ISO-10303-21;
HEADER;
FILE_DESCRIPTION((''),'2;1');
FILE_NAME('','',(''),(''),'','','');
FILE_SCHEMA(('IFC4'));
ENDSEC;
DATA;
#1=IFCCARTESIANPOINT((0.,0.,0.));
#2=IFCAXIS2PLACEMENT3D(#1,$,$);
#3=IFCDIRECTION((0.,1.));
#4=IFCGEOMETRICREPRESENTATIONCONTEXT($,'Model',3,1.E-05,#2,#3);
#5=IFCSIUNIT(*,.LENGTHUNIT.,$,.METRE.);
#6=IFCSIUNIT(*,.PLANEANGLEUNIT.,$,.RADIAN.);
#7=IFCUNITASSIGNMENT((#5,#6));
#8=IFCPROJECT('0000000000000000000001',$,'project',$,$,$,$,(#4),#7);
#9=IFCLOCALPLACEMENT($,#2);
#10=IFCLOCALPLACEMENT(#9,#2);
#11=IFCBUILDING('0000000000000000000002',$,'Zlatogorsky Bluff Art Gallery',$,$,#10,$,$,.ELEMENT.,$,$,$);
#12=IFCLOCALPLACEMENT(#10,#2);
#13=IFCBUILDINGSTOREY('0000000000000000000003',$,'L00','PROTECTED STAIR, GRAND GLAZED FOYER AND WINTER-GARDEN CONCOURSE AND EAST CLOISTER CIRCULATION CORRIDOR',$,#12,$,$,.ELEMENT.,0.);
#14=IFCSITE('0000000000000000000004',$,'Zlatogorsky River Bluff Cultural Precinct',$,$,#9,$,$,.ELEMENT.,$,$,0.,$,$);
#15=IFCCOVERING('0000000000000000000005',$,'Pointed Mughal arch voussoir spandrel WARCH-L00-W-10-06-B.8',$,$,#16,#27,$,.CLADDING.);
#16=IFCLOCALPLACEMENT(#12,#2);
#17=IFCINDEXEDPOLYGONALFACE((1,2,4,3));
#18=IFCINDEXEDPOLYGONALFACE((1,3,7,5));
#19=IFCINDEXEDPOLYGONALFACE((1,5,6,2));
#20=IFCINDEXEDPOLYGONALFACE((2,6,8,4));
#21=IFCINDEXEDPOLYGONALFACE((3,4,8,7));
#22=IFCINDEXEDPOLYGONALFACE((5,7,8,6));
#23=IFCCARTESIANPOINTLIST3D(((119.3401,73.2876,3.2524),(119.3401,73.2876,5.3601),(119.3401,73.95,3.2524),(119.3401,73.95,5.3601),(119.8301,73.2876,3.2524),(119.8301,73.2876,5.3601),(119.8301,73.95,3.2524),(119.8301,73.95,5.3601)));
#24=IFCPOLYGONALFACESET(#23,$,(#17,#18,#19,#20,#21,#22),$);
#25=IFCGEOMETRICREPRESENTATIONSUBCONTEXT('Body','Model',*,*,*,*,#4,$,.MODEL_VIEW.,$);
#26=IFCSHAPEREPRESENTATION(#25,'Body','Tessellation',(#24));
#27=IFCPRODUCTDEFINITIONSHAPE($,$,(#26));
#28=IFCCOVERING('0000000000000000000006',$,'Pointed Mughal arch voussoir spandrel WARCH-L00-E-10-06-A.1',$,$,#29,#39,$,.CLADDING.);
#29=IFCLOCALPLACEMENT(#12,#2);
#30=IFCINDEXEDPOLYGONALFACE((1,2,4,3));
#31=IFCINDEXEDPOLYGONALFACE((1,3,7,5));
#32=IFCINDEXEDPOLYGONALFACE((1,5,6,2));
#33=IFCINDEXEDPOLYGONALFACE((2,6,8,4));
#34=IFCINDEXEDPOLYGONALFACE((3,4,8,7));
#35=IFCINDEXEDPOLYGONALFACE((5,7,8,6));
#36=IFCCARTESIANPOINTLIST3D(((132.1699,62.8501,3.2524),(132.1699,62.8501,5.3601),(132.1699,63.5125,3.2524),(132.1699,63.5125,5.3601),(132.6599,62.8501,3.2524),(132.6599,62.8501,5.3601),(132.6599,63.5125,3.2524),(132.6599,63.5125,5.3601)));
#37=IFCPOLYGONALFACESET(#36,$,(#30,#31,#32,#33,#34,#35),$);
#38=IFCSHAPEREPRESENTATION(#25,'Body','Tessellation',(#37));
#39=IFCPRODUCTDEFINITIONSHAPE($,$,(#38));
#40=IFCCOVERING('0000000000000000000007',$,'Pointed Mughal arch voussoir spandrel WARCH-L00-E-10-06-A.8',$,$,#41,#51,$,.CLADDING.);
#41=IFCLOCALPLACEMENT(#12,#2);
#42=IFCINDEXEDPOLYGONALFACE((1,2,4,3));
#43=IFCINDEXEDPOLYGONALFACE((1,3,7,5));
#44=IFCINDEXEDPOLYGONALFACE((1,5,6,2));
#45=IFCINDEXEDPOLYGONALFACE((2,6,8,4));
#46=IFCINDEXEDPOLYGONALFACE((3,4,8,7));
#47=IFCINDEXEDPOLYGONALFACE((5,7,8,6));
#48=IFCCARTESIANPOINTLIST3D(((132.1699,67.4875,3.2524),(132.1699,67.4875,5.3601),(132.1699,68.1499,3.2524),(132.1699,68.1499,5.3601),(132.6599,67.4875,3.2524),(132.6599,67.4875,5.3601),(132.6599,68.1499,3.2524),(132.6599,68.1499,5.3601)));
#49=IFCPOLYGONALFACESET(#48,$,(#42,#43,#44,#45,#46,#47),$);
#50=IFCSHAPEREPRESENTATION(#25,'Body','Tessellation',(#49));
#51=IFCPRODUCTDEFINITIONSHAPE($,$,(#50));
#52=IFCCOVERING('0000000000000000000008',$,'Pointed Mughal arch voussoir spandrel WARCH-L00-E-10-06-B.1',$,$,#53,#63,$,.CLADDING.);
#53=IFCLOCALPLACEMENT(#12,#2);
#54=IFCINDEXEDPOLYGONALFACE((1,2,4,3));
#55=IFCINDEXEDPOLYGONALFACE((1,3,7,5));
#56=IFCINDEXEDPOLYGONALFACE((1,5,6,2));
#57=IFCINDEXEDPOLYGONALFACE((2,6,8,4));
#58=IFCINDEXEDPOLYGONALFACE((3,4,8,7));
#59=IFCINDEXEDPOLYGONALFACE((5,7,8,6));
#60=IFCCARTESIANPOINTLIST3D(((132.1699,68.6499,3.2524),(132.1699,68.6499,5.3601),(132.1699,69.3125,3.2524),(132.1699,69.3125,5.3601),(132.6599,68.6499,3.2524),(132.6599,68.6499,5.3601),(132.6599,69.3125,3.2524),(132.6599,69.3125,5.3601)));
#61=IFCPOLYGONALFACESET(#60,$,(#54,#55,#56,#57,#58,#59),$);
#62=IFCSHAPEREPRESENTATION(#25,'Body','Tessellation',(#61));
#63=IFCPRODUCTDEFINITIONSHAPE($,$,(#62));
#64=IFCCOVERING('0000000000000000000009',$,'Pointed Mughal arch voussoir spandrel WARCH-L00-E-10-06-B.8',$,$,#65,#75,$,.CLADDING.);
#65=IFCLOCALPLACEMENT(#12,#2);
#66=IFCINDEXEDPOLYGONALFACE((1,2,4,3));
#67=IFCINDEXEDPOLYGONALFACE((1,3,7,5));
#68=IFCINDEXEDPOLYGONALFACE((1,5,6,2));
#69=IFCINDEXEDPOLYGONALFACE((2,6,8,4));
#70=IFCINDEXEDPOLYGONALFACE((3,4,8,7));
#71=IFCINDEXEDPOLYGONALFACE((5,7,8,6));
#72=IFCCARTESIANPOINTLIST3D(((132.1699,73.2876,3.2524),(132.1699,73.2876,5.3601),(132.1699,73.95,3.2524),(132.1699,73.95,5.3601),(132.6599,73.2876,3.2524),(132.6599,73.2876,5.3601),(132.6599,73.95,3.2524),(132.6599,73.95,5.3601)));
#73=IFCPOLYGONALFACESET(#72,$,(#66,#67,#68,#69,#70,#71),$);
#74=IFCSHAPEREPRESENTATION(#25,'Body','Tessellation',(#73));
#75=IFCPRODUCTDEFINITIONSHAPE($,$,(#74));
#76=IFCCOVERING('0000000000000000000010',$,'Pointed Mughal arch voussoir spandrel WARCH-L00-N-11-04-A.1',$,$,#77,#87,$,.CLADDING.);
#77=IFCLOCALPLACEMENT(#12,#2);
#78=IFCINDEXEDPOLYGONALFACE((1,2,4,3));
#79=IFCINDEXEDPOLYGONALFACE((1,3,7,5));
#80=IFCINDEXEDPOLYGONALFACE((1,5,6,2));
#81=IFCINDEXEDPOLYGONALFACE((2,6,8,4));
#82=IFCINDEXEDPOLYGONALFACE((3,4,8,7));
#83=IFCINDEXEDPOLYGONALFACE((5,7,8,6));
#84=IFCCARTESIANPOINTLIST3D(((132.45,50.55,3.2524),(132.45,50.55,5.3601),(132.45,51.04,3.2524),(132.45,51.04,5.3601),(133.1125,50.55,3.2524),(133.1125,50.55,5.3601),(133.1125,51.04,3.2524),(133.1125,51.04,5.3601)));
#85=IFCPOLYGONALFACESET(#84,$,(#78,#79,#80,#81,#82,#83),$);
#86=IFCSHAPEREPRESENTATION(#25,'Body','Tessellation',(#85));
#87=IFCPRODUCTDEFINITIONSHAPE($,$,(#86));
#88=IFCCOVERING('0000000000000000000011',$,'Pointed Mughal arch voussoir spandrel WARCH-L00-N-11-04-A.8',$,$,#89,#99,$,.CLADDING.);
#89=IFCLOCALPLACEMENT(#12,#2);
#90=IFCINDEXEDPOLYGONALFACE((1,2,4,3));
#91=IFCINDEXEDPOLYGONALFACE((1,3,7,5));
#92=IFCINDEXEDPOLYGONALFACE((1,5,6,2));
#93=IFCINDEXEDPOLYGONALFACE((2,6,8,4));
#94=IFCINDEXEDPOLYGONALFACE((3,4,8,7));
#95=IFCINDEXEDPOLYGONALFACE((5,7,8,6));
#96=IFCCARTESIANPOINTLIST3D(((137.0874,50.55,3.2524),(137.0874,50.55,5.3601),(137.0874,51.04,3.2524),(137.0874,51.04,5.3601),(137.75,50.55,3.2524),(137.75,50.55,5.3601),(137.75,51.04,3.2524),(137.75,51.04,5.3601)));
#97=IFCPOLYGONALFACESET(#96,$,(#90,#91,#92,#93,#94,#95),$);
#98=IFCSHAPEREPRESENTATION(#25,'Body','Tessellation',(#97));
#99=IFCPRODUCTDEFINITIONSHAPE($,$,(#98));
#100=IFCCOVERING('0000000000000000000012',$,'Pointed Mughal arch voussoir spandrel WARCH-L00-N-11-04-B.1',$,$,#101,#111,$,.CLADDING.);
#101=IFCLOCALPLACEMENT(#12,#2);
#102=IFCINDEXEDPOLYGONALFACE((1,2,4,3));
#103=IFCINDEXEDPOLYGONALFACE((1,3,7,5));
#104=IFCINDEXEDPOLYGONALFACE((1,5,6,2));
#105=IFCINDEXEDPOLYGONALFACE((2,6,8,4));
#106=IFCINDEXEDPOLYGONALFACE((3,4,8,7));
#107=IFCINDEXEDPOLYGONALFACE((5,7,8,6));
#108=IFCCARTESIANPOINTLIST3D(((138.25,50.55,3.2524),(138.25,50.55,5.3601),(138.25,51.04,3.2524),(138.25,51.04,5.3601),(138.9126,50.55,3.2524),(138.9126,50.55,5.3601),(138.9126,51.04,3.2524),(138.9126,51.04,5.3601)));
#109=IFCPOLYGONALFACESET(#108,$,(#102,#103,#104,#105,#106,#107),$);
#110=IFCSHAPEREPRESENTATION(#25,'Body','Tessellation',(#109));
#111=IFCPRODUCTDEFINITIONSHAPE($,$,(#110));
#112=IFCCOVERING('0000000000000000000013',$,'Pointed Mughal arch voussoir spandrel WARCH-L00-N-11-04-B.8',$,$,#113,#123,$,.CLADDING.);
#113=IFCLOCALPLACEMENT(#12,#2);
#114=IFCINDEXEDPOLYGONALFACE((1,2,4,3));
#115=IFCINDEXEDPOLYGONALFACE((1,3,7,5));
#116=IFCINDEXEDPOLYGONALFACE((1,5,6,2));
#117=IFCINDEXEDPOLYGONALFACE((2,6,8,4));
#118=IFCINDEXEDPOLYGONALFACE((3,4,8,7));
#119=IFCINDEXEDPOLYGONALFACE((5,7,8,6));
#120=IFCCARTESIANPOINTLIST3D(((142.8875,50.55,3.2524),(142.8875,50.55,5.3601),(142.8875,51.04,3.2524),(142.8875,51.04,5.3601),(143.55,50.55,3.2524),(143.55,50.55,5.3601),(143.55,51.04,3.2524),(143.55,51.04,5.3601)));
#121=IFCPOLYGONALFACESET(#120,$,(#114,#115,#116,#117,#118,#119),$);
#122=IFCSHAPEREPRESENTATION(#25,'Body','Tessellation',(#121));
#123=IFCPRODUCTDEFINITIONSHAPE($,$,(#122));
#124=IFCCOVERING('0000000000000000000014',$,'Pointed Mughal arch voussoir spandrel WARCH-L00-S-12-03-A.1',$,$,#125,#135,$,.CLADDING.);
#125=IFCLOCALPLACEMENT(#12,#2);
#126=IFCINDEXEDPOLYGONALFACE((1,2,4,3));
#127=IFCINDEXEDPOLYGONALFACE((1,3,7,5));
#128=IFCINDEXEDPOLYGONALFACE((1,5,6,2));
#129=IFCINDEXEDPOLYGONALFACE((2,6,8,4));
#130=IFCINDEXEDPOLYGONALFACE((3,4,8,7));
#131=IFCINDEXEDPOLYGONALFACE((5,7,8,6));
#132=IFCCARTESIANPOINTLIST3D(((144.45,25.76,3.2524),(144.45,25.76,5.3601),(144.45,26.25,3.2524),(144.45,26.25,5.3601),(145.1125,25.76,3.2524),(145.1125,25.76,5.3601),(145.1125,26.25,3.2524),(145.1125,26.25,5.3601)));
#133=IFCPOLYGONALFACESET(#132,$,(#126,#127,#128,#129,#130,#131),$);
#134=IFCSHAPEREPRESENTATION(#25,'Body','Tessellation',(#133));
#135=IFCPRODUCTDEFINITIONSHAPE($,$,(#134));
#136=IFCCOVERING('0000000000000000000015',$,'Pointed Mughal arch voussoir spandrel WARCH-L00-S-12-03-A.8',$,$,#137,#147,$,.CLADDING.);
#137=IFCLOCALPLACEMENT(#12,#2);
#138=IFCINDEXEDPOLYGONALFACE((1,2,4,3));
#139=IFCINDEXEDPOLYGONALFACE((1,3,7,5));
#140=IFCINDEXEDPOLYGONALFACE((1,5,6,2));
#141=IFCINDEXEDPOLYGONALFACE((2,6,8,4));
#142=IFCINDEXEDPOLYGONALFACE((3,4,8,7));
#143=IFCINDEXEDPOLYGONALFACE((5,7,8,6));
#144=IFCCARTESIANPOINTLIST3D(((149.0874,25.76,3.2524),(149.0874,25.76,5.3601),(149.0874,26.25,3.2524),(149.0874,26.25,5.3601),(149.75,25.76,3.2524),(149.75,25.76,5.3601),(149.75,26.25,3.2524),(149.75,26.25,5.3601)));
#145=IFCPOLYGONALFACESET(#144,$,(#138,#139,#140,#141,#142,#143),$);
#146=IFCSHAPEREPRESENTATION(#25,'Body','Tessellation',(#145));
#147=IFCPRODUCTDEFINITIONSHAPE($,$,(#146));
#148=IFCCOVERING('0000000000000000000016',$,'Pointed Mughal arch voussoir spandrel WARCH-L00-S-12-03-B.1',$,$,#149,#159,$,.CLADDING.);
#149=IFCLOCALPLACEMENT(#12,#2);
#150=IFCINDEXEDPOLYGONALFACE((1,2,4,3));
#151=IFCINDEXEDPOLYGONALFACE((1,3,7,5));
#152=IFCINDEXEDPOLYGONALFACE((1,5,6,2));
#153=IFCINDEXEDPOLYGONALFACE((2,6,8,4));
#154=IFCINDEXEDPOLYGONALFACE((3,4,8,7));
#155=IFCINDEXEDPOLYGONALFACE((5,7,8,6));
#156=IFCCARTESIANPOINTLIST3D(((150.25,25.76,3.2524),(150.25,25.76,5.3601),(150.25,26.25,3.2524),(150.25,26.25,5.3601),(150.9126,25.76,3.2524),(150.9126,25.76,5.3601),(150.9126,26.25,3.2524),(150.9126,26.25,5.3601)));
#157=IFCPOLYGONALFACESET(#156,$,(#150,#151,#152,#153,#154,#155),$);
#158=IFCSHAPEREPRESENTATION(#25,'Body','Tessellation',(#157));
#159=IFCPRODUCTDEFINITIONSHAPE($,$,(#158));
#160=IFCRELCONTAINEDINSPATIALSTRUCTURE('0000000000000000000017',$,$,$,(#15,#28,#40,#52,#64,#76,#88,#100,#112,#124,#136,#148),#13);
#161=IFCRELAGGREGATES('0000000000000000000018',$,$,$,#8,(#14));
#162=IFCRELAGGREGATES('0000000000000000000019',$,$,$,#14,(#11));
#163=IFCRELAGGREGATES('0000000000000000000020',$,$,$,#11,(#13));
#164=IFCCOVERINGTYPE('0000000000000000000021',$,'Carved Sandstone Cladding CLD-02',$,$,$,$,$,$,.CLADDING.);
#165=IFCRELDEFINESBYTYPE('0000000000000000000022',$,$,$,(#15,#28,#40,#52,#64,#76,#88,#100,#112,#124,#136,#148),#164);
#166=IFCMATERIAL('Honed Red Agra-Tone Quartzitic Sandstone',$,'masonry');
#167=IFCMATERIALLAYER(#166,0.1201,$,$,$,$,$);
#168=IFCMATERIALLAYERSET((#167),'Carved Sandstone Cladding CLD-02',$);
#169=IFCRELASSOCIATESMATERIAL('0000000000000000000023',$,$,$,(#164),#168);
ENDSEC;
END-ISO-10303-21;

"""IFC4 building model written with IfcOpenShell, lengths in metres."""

from ifc_helpers import new_model, si_unit, direction, frame, origin, place, context, subcontext, project, spatial, polyline, outline, extrude, material, layer, layer_set, type_object, element, save


model = new_model("IFC4")

# Units and contexts
model_context = context("Model", 3, precision=1e-05, world=origin(), true_north=direction((0.0, 1.0)))
body_context = subcontext(model_context, "Body", "Model", "MODEL_VIEW")
ifc_project = project(units=[si_unit("LENGTHUNIT", "METRE"), si_unit("PLANEANGLEUNIT", "RADIAN")], contexts=[model_context])

# Site, building, storey
site_placement = place(None, origin())
site = spatial("IfcSite", under=ifc_project, at=site_placement, Name="Zlatogorsky River Bluff Cultural Precinct", CompositionType="ELEMENT", RefElevation=0.0)
building_placement = place(site_placement, origin())
building = spatial("IfcBuilding", under=site, at=building_placement, Name="Zlatogorsky Bluff Art Gallery", CompositionType="ELEMENT")
storey_placement = place(building_placement, origin())
storey = spatial("IfcBuildingStorey", under=building, at=storey_placement, Name="L00", Description="PROTECTED STAIR, GRAND GLAZED FOYER AND WINTER-GARDEN CONCOURSE AND EAST CLOISTER CIRCULATION CORRIDOR", CompositionType="ELEMENT", Elevation=0.0)

# Coverings
ifc_material = material(Name="Honed Red Agra-Tone Quartzitic Sandstone", Category="masonry")
ifc_layer = layer(ifc_material, 0.1201)
ifc_layer_set = layer_set([ifc_layer], Name="Carved Sandstone Cladding CLD-02")
covering_type = type_object("IfcCoveringType", Name="Carved Sandstone Cladding CLD-02", PredefinedType="CLADDING", material=ifc_layer_set)
covering_1_placement = place(storey_placement, frame((0.0, 0.0, 3.2524)))
element("IfcCovering", 1, at=covering_1_placement, inside=storey, type_object=covering_type, Name="Pointed Mughal arch voussoir spandrel WARCH-L00-W-10-06-B.8", PredefinedType="CLADDING", context=body_context, shape_type="SweptSolid", body=[
    extrude(outline(polyline([(119.3401, 73.2876), (119.3401, 73.95), (119.8301, 73.95), (119.8301, 73.2876), (119.3401, 73.2876)])), origin(), (0.0, 0.0, 1.0), 2.1077),
])
covering_2_placement = place(storey_placement, frame((0.0, 0.0, 3.2524)))
element("IfcCovering", 2, at=covering_2_placement, inside=storey, type_object=covering_type, Name="Pointed Mughal arch voussoir spandrel WARCH-L00-E-10-06-A.1", PredefinedType="CLADDING", context=body_context, shape_type="SweptSolid", body=[
    extrude(outline(polyline([(132.1699, 62.8501), (132.1699, 63.5125), (132.6599, 63.5125), (132.6599, 62.8501), (132.1699, 62.8501)])), origin(), (0.0, 0.0, 1.0), 2.1077),
])
covering_3_placement = place(storey_placement, frame((0.0, 0.0, 3.2524)))
element("IfcCovering", 3, at=covering_3_placement, inside=storey, type_object=covering_type, Name="Pointed Mughal arch voussoir spandrel WARCH-L00-E-10-06-A.8", PredefinedType="CLADDING", context=body_context, shape_type="SweptSolid", body=[
    extrude(outline(polyline([(132.1699, 67.4875), (132.1699, 68.1499), (132.6599, 68.1499), (132.6599, 67.4875), (132.1699, 67.4875)])), origin(), (0.0, 0.0, 1.0), 2.1077),
])
covering_4_placement = place(storey_placement, frame((0.0, 0.0, 3.2524)))
element("IfcCovering", 4, at=covering_4_placement, inside=storey, type_object=covering_type, Name="Pointed Mughal arch voussoir spandrel WARCH-L00-E-10-06-B.1", PredefinedType="CLADDING", context=body_context, shape_type="SweptSolid", body=[
    extrude(outline(polyline([(132.1699, 68.6499), (132.1699, 69.3125), (132.6599, 69.3125), (132.6599, 68.6499), (132.1699, 68.6499)])), origin(), (0.0, 0.0, 1.0), 2.1077),
])
covering_5_placement = place(storey_placement, frame((0.0, 0.0, 3.2524)))
element("IfcCovering", 5, at=covering_5_placement, inside=storey, type_object=covering_type, Name="Pointed Mughal arch voussoir spandrel WARCH-L00-E-10-06-B.8", PredefinedType="CLADDING", context=body_context, shape_type="SweptSolid", body=[
    extrude(outline(polyline([(132.1699, 73.2876), (132.1699, 73.95), (132.6599, 73.95), (132.6599, 73.2876), (132.1699, 73.2876)])), origin(), (0.0, 0.0, 1.0), 2.1077),
])
covering_6_placement = place(storey_placement, frame((0.0, 0.0, 3.2524)))
element("IfcCovering", 6, at=covering_6_placement, inside=storey, type_object=covering_type, Name="Pointed Mughal arch voussoir spandrel WARCH-L00-N-11-04-A.1", PredefinedType="CLADDING", context=body_context, shape_type="SweptSolid", body=[
    extrude(outline(polyline([(132.45, 50.55), (133.1125, 50.55), (133.1125, 51.04), (132.45, 51.04), (132.45, 50.55)])), origin(), (0.0, 0.0, 1.0), 2.1077),
])
covering_7_placement = place(storey_placement, frame((0.0, 0.0, 3.2524)))
element("IfcCovering", 7, at=covering_7_placement, inside=storey, type_object=covering_type, Name="Pointed Mughal arch voussoir spandrel WARCH-L00-N-11-04-A.8", PredefinedType="CLADDING", context=body_context, shape_type="SweptSolid", body=[
    extrude(outline(polyline([(137.0874, 50.55), (137.75, 50.55), (137.75, 51.04), (137.0874, 51.04), (137.0874, 50.55)])), origin(), (0.0, 0.0, 1.0), 2.1077),
])
covering_8_placement = place(storey_placement, frame((0.0, 0.0, 3.2524)))
element("IfcCovering", 8, at=covering_8_placement, inside=storey, type_object=covering_type, Name="Pointed Mughal arch voussoir spandrel WARCH-L00-N-11-04-B.1", PredefinedType="CLADDING", context=body_context, shape_type="SweptSolid", body=[
    extrude(outline(polyline([(138.25, 50.55), (138.9126, 50.55), (138.9126, 51.04), (138.25, 51.04), (138.25, 50.55)])), origin(), (0.0, 0.0, 1.0), 2.1077),
])
covering_9_placement = place(storey_placement, frame((0.0, 0.0, 3.2524)))
element("IfcCovering", 9, at=covering_9_placement, inside=storey, type_object=covering_type, Name="Pointed Mughal arch voussoir spandrel WARCH-L00-N-11-04-B.8", PredefinedType="CLADDING", context=body_context, shape_type="SweptSolid", body=[
    extrude(outline(polyline([(142.8875, 50.55), (143.55, 50.55), (143.55, 51.04), (142.8875, 51.04), (142.8875, 50.55)])), origin(), (0.0, 0.0, 1.0), 2.1077),
])
covering_10_placement = place(storey_placement, frame((0.0, 0.0, 3.2524)))
element("IfcCovering", 10, at=covering_10_placement, inside=storey, type_object=covering_type, Name="Pointed Mughal arch voussoir spandrel WARCH-L00-S-12-03-A.1", PredefinedType="CLADDING", context=body_context, shape_type="SweptSolid", body=[
    extrude(outline(polyline([(144.45, 25.76), (145.1125, 25.76), (145.1125, 26.25), (144.45, 26.25), (144.45, 25.76)])), origin(), (0.0, 0.0, 1.0), 2.1077),
])
covering_11_placement = place(storey_placement, frame((0.0, 0.0, 3.2524)))
element("IfcCovering", 11, at=covering_11_placement, inside=storey, type_object=covering_type, Name="Pointed Mughal arch voussoir spandrel WARCH-L00-S-12-03-A.8", PredefinedType="CLADDING", context=body_context, shape_type="SweptSolid", body=[
    extrude(outline(polyline([(149.0874, 25.76), (149.75, 25.76), (149.75, 26.25), (149.0874, 26.25), (149.0874, 25.76)])), origin(), (0.0, 0.0, 1.0), 2.1077),
])
covering_12_placement = place(storey_placement, frame((0.0, 0.0, 3.2524)))
element("IfcCovering", 12, at=covering_12_placement, inside=storey, type_object=covering_type, Name="Pointed Mughal arch voussoir spandrel WARCH-L00-S-12-03-B.1", PredefinedType="CLADDING", context=body_context, shape_type="SweptSolid", body=[
    extrude(outline(polyline([(150.25, 25.76), (150.9126, 25.76), (150.9126, 26.25), (150.25, 26.25), (150.25, 25.76)])), origin(), (0.0, 0.0, 1.0), 2.1077),
])

save(model, "model.ifc")
